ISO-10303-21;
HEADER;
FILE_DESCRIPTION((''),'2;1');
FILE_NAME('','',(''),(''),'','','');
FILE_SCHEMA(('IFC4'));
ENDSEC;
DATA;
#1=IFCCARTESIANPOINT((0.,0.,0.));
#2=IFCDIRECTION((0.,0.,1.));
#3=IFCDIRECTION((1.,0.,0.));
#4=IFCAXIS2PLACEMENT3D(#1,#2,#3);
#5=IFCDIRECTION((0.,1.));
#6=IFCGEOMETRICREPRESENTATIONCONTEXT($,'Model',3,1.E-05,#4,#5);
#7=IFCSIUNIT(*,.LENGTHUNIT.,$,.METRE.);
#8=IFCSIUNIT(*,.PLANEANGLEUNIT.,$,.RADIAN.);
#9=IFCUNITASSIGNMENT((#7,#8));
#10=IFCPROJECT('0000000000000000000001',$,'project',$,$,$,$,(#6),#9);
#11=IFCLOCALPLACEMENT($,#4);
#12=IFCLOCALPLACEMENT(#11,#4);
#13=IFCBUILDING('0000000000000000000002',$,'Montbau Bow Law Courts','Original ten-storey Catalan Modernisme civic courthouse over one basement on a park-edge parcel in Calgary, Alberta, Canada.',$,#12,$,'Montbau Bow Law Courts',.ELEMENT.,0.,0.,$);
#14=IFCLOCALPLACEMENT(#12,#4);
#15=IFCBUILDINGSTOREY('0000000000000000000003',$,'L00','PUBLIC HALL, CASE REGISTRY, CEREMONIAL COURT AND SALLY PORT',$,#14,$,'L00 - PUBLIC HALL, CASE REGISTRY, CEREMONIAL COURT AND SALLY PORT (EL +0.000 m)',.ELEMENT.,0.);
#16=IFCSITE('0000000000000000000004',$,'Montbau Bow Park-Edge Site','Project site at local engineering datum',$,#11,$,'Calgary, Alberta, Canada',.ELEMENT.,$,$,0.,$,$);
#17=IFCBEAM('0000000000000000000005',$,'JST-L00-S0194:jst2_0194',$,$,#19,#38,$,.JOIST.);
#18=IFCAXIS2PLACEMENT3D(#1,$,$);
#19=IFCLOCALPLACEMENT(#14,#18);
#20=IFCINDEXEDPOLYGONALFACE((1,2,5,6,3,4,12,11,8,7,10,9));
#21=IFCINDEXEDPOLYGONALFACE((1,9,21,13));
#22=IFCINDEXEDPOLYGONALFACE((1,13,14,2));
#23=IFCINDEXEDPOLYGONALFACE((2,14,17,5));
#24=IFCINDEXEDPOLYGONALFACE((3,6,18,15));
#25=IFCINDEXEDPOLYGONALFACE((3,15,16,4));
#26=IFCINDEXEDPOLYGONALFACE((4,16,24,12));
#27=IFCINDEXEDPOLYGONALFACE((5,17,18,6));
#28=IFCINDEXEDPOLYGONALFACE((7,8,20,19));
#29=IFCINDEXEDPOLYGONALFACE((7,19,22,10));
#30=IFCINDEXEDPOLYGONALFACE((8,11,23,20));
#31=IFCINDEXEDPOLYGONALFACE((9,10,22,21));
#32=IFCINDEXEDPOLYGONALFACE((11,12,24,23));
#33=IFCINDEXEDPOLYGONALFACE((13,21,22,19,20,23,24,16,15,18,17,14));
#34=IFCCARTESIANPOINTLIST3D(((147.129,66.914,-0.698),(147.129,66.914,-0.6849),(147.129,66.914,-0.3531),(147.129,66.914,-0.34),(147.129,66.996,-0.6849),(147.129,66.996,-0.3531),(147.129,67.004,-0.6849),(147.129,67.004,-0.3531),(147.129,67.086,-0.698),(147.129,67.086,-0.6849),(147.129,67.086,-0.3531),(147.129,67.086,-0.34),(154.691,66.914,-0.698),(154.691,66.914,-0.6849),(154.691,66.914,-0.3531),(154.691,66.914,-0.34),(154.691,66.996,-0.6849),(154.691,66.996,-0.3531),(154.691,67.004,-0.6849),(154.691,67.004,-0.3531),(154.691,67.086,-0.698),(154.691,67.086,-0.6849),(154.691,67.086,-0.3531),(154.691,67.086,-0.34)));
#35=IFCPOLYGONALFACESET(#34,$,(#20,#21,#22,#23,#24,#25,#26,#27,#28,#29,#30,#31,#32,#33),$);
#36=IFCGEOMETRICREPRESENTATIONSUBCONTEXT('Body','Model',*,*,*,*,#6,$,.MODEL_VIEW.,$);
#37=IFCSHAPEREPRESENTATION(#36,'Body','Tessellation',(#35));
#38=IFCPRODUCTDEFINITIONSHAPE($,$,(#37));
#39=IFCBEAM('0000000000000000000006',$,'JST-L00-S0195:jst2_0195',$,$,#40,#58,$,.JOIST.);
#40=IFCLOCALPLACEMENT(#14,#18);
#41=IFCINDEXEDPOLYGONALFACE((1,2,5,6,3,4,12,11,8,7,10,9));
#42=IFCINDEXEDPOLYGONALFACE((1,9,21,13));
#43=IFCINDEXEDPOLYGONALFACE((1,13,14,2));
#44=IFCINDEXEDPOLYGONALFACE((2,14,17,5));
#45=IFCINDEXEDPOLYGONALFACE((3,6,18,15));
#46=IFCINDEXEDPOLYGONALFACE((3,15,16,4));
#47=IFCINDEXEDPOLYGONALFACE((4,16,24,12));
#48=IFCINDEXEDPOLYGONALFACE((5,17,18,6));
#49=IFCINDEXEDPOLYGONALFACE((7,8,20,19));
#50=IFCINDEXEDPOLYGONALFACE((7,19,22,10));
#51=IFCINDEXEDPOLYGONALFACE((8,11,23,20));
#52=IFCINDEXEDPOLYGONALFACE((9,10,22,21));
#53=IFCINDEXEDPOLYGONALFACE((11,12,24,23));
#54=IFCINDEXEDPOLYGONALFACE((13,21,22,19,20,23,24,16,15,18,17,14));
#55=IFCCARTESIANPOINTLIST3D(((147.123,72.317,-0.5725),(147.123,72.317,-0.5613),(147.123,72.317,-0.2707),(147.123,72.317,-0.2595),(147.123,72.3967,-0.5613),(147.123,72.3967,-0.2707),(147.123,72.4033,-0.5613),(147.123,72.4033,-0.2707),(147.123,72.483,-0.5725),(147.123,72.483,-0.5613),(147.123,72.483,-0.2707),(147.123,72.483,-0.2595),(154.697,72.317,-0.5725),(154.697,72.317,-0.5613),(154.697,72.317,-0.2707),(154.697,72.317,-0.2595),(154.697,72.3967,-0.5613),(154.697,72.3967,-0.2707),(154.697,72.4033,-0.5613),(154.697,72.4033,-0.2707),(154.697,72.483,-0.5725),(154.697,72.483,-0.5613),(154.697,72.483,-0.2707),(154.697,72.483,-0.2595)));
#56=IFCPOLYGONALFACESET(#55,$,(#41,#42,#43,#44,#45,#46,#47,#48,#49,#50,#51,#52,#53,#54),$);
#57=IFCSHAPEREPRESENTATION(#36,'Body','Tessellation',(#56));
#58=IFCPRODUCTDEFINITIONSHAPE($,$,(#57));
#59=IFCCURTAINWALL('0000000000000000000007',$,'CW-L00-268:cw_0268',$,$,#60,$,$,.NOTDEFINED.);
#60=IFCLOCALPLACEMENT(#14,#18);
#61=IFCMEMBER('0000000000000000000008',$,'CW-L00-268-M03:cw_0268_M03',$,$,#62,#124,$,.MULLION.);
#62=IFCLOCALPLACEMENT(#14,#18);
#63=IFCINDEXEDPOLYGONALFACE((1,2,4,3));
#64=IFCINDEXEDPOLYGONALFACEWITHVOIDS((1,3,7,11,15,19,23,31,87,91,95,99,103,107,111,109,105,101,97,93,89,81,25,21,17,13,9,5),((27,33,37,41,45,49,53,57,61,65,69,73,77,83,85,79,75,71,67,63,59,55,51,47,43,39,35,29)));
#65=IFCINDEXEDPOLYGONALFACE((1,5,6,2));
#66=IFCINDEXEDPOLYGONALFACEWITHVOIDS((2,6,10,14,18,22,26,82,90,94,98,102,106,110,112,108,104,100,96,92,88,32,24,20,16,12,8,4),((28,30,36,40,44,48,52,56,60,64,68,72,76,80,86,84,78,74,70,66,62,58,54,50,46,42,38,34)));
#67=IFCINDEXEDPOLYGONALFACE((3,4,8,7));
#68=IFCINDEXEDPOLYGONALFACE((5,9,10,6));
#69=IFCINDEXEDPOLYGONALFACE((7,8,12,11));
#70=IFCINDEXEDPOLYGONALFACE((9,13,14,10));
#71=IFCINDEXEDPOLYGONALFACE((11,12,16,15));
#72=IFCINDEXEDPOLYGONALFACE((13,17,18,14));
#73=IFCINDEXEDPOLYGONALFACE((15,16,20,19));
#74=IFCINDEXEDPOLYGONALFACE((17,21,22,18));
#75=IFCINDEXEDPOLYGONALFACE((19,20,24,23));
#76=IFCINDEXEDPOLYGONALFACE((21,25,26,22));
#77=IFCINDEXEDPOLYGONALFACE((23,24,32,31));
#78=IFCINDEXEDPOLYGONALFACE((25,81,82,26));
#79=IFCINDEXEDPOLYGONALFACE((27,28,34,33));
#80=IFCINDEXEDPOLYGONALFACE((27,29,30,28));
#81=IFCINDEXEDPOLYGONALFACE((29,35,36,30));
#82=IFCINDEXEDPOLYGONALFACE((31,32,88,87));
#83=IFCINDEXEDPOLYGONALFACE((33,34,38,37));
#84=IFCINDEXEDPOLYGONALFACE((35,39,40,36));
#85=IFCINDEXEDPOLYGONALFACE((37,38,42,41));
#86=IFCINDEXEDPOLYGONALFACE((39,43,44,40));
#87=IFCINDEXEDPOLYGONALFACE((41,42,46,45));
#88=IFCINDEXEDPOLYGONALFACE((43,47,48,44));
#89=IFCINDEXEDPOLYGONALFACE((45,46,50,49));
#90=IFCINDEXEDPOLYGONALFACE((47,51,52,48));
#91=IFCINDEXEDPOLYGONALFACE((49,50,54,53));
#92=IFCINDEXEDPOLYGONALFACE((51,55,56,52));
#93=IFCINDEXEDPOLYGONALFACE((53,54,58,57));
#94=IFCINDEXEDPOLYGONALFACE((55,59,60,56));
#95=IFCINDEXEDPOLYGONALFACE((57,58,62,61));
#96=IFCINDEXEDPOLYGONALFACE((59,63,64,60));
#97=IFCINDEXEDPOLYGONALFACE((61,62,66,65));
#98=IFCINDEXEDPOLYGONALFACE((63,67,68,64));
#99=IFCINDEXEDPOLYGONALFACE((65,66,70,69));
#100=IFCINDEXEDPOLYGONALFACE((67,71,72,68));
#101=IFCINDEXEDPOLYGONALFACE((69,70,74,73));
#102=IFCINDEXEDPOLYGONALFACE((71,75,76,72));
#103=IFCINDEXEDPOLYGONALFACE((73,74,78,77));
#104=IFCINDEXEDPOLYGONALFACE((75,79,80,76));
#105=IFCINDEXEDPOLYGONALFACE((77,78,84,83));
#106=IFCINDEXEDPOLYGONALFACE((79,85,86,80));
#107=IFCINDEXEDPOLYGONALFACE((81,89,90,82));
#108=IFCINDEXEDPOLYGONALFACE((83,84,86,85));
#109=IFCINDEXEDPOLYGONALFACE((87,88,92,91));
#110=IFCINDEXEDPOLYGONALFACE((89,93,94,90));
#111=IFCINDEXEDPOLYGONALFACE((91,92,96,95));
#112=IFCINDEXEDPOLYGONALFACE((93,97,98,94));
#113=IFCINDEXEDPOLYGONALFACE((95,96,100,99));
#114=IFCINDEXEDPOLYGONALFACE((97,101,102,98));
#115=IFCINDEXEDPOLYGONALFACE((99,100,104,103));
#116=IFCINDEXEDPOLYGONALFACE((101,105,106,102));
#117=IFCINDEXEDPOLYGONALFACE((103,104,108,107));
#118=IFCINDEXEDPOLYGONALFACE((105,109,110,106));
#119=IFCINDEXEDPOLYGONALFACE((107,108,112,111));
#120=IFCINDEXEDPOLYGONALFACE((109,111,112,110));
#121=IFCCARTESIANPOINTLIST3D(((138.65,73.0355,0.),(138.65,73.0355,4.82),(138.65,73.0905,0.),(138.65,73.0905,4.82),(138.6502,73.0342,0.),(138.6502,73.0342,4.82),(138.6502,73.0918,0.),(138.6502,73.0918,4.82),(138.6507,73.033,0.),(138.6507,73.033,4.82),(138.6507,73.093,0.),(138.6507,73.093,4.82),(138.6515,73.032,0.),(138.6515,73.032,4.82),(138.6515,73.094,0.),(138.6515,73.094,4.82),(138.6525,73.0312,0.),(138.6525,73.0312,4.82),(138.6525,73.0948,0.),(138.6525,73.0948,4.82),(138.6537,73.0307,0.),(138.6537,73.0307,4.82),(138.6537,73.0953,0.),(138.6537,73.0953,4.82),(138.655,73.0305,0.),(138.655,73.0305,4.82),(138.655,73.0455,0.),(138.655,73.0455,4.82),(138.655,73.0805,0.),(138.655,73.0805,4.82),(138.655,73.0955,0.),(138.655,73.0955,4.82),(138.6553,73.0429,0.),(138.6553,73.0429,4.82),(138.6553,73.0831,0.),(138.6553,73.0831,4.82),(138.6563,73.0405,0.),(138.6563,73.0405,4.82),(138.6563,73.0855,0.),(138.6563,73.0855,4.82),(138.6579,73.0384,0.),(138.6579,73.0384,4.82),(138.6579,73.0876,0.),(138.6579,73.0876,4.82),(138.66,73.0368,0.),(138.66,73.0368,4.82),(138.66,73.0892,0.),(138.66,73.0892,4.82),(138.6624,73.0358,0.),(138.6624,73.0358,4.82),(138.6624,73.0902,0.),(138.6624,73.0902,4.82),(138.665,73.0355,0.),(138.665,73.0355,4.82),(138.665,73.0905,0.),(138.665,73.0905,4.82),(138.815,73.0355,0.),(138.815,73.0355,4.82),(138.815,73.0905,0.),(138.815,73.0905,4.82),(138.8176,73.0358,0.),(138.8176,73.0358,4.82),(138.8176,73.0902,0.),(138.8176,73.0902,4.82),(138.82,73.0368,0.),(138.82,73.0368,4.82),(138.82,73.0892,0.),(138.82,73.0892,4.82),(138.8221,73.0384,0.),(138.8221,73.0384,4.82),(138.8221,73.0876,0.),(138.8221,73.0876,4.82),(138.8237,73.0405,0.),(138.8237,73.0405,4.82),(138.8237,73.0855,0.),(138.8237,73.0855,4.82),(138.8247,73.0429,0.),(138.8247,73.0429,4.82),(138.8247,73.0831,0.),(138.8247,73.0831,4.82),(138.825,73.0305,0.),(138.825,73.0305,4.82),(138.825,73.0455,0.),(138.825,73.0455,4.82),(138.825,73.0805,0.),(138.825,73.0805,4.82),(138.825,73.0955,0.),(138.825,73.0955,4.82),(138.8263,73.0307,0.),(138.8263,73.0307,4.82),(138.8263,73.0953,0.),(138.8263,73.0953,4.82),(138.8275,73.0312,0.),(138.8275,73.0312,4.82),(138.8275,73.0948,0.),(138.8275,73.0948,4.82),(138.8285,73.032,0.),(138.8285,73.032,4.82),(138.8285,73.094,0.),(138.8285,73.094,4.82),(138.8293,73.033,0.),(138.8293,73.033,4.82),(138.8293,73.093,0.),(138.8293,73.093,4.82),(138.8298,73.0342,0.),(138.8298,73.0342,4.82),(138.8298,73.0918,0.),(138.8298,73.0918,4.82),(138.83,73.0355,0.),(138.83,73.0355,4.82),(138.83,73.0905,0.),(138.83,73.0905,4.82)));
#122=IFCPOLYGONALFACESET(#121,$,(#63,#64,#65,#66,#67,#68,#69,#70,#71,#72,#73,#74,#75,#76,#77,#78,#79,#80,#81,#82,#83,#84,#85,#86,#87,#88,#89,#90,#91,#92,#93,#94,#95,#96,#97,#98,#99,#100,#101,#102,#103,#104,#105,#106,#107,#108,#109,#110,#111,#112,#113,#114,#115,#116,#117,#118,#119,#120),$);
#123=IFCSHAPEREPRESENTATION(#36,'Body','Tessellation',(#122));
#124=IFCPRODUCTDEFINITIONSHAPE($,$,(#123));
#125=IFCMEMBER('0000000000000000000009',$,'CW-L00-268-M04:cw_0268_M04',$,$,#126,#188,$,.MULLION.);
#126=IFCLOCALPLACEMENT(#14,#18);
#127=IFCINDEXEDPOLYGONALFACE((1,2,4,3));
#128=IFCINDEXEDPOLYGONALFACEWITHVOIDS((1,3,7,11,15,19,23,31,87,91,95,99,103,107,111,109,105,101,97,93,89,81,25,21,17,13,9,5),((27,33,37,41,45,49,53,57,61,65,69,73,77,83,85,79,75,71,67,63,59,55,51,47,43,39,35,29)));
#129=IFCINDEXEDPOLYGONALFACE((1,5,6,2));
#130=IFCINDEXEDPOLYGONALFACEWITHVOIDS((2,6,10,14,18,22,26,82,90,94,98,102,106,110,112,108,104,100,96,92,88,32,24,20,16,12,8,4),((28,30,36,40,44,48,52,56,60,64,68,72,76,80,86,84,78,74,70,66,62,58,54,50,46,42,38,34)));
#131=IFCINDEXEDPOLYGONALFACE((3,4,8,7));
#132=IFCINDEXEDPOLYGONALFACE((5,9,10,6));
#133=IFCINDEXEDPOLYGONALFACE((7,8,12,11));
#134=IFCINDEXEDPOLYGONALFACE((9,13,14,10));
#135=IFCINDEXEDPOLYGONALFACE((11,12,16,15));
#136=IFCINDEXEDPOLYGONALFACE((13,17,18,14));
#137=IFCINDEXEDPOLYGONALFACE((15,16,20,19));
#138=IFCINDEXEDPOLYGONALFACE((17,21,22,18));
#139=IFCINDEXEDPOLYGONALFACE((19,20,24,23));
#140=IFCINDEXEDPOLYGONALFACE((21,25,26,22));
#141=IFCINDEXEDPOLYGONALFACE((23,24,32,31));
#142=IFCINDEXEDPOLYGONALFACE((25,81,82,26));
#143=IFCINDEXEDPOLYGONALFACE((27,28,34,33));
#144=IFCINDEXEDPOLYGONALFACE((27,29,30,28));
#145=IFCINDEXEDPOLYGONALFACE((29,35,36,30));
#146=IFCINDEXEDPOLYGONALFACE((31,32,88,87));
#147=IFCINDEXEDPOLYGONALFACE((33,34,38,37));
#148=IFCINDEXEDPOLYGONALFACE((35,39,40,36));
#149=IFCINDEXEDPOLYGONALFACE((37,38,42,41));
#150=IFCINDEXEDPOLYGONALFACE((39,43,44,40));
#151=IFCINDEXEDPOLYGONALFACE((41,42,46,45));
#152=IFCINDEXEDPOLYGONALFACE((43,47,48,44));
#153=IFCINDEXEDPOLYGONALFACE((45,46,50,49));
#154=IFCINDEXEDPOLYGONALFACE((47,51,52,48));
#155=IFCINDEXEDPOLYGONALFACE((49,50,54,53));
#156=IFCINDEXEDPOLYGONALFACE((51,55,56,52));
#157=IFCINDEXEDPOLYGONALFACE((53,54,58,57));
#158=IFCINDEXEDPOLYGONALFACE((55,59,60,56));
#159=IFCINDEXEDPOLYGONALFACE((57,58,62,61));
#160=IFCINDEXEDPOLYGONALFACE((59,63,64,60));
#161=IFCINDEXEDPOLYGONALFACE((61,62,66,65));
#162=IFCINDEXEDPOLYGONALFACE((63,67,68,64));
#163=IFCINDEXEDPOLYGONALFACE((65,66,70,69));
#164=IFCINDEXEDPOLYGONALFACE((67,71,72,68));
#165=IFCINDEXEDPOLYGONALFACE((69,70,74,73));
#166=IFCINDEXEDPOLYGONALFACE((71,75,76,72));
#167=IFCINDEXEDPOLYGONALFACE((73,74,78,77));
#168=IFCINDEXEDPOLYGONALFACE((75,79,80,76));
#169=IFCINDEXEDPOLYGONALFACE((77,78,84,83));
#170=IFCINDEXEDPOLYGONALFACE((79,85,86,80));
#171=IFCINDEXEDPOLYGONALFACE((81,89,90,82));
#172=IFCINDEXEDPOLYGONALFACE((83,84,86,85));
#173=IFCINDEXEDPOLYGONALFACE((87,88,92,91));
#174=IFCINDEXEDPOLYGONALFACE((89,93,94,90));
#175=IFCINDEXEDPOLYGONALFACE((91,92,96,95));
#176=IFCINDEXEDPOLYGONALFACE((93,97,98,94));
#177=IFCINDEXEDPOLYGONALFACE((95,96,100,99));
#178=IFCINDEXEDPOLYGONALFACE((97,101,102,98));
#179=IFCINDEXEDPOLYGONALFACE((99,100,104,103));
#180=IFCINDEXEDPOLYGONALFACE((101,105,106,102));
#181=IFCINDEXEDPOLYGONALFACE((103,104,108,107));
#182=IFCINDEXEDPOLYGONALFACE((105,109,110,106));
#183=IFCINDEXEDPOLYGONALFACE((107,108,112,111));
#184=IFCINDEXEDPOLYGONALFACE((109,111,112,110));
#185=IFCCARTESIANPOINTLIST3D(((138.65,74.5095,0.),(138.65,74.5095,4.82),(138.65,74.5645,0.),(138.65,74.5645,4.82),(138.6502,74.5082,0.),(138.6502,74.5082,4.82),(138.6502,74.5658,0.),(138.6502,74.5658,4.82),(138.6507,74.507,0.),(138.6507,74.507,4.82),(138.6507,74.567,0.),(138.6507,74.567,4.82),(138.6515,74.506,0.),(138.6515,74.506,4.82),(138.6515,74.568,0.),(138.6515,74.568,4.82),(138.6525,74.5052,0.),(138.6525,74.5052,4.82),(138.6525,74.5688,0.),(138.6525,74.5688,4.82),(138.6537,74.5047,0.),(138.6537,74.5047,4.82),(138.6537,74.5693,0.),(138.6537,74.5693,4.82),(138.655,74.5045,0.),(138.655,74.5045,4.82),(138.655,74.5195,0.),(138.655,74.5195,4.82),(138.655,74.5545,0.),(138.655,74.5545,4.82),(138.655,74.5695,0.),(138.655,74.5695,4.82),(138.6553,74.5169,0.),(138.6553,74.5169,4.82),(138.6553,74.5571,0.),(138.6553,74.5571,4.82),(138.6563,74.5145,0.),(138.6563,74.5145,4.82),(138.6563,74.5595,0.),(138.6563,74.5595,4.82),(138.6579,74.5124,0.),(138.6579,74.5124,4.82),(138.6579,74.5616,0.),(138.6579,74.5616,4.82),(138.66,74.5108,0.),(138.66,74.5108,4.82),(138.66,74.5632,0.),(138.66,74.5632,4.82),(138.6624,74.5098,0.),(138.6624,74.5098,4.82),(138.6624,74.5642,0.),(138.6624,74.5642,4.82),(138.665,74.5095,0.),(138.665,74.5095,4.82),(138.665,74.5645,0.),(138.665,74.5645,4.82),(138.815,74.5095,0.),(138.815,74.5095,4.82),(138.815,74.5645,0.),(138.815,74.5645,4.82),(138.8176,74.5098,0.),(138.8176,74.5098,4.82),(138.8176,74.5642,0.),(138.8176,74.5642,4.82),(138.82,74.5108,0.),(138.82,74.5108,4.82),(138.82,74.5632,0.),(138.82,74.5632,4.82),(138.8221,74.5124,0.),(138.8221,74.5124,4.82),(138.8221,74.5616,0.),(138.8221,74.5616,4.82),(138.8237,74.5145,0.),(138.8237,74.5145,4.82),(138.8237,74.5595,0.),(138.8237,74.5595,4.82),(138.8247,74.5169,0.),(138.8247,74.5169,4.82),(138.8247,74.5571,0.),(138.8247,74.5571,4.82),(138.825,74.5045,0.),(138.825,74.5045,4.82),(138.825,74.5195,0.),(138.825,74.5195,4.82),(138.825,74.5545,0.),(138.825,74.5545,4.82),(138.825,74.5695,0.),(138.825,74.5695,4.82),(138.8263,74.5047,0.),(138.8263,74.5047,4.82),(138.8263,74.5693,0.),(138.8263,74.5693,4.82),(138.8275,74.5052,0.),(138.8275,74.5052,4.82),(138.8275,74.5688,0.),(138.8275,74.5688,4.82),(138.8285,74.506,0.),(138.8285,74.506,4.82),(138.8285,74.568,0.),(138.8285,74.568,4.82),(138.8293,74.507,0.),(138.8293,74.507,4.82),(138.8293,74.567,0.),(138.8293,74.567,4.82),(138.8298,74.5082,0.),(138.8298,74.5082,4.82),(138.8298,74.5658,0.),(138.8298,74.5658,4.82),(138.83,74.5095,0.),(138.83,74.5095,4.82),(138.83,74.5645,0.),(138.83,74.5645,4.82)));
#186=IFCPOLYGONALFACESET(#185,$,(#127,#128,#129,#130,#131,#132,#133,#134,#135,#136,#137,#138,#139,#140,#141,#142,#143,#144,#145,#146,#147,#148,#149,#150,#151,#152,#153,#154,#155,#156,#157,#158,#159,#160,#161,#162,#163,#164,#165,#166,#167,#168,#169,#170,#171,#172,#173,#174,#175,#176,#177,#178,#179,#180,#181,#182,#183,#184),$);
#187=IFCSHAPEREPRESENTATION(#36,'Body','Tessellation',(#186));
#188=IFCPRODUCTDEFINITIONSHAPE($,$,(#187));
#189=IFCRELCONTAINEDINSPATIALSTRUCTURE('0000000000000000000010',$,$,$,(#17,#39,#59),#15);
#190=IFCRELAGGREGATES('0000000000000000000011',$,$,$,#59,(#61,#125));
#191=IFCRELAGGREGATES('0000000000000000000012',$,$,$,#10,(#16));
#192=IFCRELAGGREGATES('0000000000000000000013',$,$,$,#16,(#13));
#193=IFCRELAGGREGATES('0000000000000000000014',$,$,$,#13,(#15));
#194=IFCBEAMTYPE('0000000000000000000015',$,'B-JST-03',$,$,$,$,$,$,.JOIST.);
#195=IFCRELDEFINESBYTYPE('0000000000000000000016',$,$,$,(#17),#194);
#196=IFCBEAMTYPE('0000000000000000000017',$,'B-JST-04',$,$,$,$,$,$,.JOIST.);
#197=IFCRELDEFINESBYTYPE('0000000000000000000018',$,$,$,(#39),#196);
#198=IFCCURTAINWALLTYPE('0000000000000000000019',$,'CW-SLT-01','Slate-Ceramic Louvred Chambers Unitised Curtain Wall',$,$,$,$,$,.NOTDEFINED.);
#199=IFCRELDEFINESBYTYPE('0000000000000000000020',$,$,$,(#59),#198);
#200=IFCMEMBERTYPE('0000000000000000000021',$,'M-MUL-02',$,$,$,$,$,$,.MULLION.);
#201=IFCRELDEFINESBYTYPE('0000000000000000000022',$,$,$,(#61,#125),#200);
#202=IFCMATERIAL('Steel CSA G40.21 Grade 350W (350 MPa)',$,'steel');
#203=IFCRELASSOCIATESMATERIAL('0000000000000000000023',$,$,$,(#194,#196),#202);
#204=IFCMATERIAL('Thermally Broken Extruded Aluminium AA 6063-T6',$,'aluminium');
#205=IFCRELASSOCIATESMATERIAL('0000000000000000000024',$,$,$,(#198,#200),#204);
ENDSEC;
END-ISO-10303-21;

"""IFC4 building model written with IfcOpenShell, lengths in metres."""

from ifc_helpers import new_model, si_unit, direction, frame, origin_with_axes, origin_2d_with_axis, place, context, subcontext, project, spatial, hollow_rectangle, i_section, extrude, material, material_profile, profile_set, type_object, element, aggregate, save


model = new_model("IFC4")

# Units and contexts
model_context = context("Model", 3, precision=1e-05, world=origin_with_axes(), true_north=direction((0.0, 1.0)))
body_context = subcontext(model_context, "Body", "Model", "MODEL_VIEW")
ifc_project = project(units=[si_unit("LENGTHUNIT", "METRE"), si_unit("PLANEANGLEUNIT", "RADIAN")], contexts=[model_context])

# Site, building, storey
site_placement = place(None, origin_with_axes())
site = spatial("IfcSite", under=ifc_project, at=site_placement, Name="Montbau Bow Park-Edge Site", Description="Project site at local engineering datum", LongName="Calgary, Alberta, Canada", CompositionType="ELEMENT", RefElevation=0.0)
building_placement = place(site_placement, origin_with_axes())
building = spatial("IfcBuilding", under=site, at=building_placement, Name="Montbau Bow Law Courts", Description="Original ten-storey Catalan Modernisme civic courthouse over one basement on a park-edge parcel in Calgary, Alberta, Canada.", LongName="Montbau Bow Law Courts", CompositionType="ELEMENT", ElevationOfRefHeight=0.0, ElevationOfTerrain=0.0)
storey_placement = place(building_placement, origin_with_axes())
storey = spatial("IfcBuildingStorey", under=building, at=storey_placement, Name="L00", Description="PUBLIC HALL, CASE REGISTRY, CEREMONIAL COURT AND SALLY PORT", LongName="L00 - PUBLIC HALL, CASE REGISTRY, CEREMONIAL COURT AND SALLY PORT (EL +0.000 m)", CompositionType="ELEMENT", Elevation=0.0)

# Shared definitions
ifc_material_1 = material(Name="Steel CSA G40.21 Grade 350W (350 MPa)", Category="steel")

# Beams
ifc_material_profile_1 = material_profile(ifc_material_1, i_section(OverallWidth=0.172, OverallDepth=0.358, WebThickness=0.0079, FlangeThickness=0.0131, at=origin_2d_with_axis()), Name="W360X57", Category="Main", Priority=0)
ifc_profile_set_1 = profile_set([ifc_material_profile_1], Name="Steel CSA G40.21 Grade 350W (350 MPa)")
beam_type_1 = type_object("IfcBeamType", Name="B-JST-03", PredefinedType="JOIST", material=ifc_profile_set_1)
beam_1_placement = place(None, frame((147.129, 67.0, -0.519), z_axis=(1.0, 0.0, 0.0), x_axis=(0.0, 1.0, 0.0)))
element("IfcBeam", 1, at=beam_1_placement, inside=storey, type_object=beam_type_1, Name="JST-L00-S0194:jst2_0194", PredefinedType="JOIST", context=body_context, shape_type="SweptSolid", body=[
    extrude(i_section(OverallWidth=0.172, OverallDepth=0.358, WebThickness=0.0079, FlangeThickness=0.0131, at=origin_2d_with_axis()), origin_with_axes(), (0.0, 0.0, 1.0), 7.562),
])
ifc_material_profile_2 = material_profile(ifc_material_1, i_section(OverallWidth=0.166, OverallDepth=0.313, WebThickness=0.0066, FlangeThickness=0.0112, at=origin_2d_with_axis()), Name="W310X45", Category="Main", Priority=0)
ifc_profile_set_2 = profile_set([ifc_material_profile_2], Name="Steel CSA G40.21 Grade 350W (350 MPa)")
beam_type_2 = type_object("IfcBeamType", Name="B-JST-04", PredefinedType="JOIST", material=ifc_profile_set_2)
beam_2_placement = place(None, frame((147.123, 72.4, -0.416), z_axis=(1.0, 0.0, 0.0), x_axis=(0.0, 1.0, 0.0)))
element("IfcBeam", 2, at=beam_2_placement, inside=storey, type_object=beam_type_2, Name="JST-L00-S0195:jst2_0195", PredefinedType="JOIST", context=body_context, shape_type="SweptSolid", body=[
    extrude(i_section(OverallWidth=0.166, OverallDepth=0.313, WebThickness=0.0066, FlangeThickness=0.0112, at=origin_2d_with_axis()), origin_with_axes(), (0.0, 0.0, 1.0), 7.574),
])

# Curtain wall, members
ifc_material_2 = material(Name="Thermally Broken Extruded Aluminium AA 6063-T6", Category="aluminium")
curtain_wall_type = type_object("IfcCurtainWallType", Name="CW-SLT-01", Description="Slate-Ceramic Louvred Chambers Unitised Curtain Wall", PredefinedType="NOTDEFINED", material=ifc_material_2)
curtain_wall_placement = place(None, frame((138.74, 70.115, 0.0), z_axis=(0.0, 0.0, 1.0), x_axis=(1.0, 0.0, 0.0)))
curtain_wall = element("IfcCurtainWall", 3, at=curtain_wall_placement, inside=storey, type_object=curtain_wall_type, Name="CW-L00-268:cw_0268", PredefinedType="NOTDEFINED")
ifc_material_profile_3 = material_profile(ifc_material_2, hollow_rectangle(XDim=0.065, YDim=0.18, WallThickness=0.005, InnerFilletRadius=0.01, OuterFilletRadius=0.005, at=origin_2d_with_axis()), Name="CWM-180X65", Category="Main", Priority=0)
ifc_profile_set_3 = profile_set([ifc_material_profile_3], Name="Thermally Broken Extruded Aluminium AA 6063-T6")
member_type_1 = type_object("IfcMemberType", Name="M-MUL-02", PredefinedType="MULLION", material=ifc_profile_set_3)
member_1_placement = place(None, frame((138.74, 73.063, 0.0), z_axis=(0.0, 0.0, 1.0), x_axis=(0.0, 1.0, 0.0)))
member_1 = element("IfcMember", 4, at=member_1_placement, type_object=member_type_1, Name="CW-L00-268-M03:cw_0268_M03", PredefinedType="MULLION", context=body_context, shape_type="SweptSolid", body=[
    extrude(hollow_rectangle(XDim=0.065, YDim=0.18, WallThickness=0.005, InnerFilletRadius=0.01, OuterFilletRadius=0.005, at=origin_2d_with_axis()), origin_with_axes(), (0.0, 0.0, 1.0), 4.82),
])
member_2_placement = place(None, frame((138.74, 74.537, 0.0), z_axis=(0.0, 0.0, 1.0), x_axis=(0.0, 1.0, 0.0)))
member_2 = element("IfcMember", 5, at=member_2_placement, type_object=member_type_1, Name="CW-L00-268-M04:cw_0268_M04", PredefinedType="MULLION", context=body_context, shape_type="SweptSolid", body=[
    extrude(hollow_rectangle(XDim=0.065, YDim=0.18, WallThickness=0.005, InnerFilletRadius=0.01, OuterFilletRadius=0.005, at=origin_2d_with_axis()), origin_with_axes(), (0.0, 0.0, 1.0), 4.82),
])
aggregate(curtain_wall, [member_1, member_2])

save(model, "model.ifc")
